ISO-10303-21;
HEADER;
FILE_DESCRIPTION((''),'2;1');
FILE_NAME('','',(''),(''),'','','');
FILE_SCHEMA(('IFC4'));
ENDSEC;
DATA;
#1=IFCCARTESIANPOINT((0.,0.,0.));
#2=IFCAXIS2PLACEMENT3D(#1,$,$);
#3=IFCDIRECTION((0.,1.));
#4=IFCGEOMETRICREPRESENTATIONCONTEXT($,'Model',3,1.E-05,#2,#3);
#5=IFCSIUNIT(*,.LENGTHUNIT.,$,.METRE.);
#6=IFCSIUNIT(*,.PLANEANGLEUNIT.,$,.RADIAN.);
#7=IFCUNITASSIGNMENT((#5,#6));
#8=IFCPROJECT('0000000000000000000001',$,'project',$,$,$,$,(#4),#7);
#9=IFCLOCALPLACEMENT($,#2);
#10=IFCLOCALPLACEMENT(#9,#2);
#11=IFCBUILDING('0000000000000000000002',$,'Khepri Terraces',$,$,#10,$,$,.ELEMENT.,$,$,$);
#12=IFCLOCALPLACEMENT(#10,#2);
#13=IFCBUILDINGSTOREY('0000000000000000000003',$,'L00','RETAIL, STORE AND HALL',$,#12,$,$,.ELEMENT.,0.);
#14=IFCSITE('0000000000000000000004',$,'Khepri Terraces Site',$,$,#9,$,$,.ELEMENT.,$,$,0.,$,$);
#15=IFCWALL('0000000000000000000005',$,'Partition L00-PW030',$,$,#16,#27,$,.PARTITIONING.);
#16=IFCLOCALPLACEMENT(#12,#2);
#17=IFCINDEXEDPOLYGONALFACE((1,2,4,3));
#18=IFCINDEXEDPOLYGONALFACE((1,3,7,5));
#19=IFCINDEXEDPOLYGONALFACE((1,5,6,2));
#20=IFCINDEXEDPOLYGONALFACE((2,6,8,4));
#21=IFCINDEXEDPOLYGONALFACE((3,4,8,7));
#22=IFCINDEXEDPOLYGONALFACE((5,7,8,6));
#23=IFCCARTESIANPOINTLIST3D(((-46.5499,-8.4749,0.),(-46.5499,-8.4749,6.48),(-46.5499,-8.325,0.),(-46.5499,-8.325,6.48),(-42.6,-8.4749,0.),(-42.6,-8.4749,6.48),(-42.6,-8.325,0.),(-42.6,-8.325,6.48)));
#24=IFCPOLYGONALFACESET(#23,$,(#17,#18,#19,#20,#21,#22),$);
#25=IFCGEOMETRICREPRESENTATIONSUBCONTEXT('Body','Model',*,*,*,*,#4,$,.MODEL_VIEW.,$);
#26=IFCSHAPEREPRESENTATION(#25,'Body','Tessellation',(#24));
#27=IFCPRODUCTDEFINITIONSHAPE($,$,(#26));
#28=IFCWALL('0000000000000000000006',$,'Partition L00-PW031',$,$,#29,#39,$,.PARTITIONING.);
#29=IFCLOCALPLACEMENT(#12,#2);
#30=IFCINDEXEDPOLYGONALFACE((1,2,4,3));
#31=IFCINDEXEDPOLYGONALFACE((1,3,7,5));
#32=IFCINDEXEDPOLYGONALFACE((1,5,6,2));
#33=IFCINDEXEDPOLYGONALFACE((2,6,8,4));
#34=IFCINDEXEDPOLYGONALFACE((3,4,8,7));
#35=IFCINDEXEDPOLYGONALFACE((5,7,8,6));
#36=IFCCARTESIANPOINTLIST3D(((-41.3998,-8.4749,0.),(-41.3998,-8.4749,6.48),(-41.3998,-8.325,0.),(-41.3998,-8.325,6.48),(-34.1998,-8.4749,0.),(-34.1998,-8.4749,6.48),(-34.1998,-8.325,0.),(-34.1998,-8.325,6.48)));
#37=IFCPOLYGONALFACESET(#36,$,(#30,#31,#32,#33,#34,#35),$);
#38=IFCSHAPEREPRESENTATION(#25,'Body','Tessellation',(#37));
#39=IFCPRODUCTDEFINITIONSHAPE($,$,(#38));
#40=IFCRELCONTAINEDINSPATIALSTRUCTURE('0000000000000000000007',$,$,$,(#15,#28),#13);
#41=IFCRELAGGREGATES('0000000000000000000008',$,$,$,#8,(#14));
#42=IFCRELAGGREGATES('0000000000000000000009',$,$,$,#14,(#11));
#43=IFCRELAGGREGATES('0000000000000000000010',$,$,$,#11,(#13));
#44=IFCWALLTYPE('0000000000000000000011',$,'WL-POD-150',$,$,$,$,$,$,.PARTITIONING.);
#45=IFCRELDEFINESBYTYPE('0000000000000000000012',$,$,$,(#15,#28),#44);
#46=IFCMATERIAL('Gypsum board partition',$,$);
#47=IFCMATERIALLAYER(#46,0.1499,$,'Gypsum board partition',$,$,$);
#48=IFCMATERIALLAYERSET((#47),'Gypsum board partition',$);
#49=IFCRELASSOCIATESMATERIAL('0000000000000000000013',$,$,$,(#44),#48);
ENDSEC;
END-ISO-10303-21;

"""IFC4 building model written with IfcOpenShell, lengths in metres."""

from ifc_helpers import new_model, si_unit, direction, frame, frame_2d, origin, place, context, subcontext, project, spatial, rectangle, extrude, material, layer, layer_set, type_object, element, save


model = new_model("IFC4")

# Units and contexts
model_context = context("Model", 3, precision=1e-05, world=origin(), true_north=direction((0.0, 1.0)))
body_context = subcontext(model_context, "Body", "Model", "MODEL_VIEW")
ifc_project = project(units=[si_unit("LENGTHUNIT", "METRE"), si_unit("PLANEANGLEUNIT", "RADIAN")], contexts=[model_context])

# Site, building, storey
site_placement = place(None, origin())
site = spatial("IfcSite", under=ifc_project, at=site_placement, Name="Khepri Terraces Site", CompositionType="ELEMENT", RefElevation=0.0)
building_placement = place(site_placement, origin())
building = spatial("IfcBuilding", under=site, at=building_placement, Name="Khepri Terraces", CompositionType="ELEMENT")
storey_placement = place(building_placement, origin())
storey = spatial("IfcBuildingStorey", under=building, at=storey_placement, Name="L00", Description="RETAIL, STORE AND HALL", CompositionType="ELEMENT", Elevation=0.0)

# Walls
ifc_material_1 = material(Name="Gypsum board partition")
ifc_layer_1 = layer(ifc_material_1, 0.1499, Name="Gypsum board partition")
ifc_layer_set_1 = layer_set([ifc_layer_1], Name="Gypsum board partition")
wall_type_1 = type_object("IfcWallType", Name="WL-POD-150", PredefinedType="PARTITIONING", material=ifc_layer_set_1)
wall_1_placement = place(storey_placement, frame((-46.55, -8.3999, 0.0), z_axis=(0.0, 0.0, 1.0), x_axis=(1.0, 0.0, 0.0)))
element("IfcWall", 1, at=wall_1_placement, inside=storey, type_object=wall_type_1, Name="Partition L00-PW030", PredefinedType="PARTITIONING", context=body_context, shape_type="SweptSolid", body=[
    extrude(rectangle(XDim=3.95, YDim=0.1499, at=frame_2d((1.9751, 0.0))), origin(), (0.0, 0.0, 1.0), 6.48),
])
wall_2_placement = place(storey_placement, frame((-41.3999, -8.3999, 0.0), z_axis=(0.0, 0.0, 1.0), x_axis=(1.0, 0.0, 0.0)))
element("IfcWall", 2, at=wall_2_placement, inside=storey, type_object=wall_type_1, Name="Partition L00-PW031", PredefinedType="PARTITIONING", context=body_context, shape_type="SweptSolid", body=[
    extrude(rectangle(XDim=7.2, YDim=0.1499, at=frame_2d((3.6001, 0.0))), origin(), (0.0, 0.0, 1.0), 6.48),
])

save(model, "model.ifc")
